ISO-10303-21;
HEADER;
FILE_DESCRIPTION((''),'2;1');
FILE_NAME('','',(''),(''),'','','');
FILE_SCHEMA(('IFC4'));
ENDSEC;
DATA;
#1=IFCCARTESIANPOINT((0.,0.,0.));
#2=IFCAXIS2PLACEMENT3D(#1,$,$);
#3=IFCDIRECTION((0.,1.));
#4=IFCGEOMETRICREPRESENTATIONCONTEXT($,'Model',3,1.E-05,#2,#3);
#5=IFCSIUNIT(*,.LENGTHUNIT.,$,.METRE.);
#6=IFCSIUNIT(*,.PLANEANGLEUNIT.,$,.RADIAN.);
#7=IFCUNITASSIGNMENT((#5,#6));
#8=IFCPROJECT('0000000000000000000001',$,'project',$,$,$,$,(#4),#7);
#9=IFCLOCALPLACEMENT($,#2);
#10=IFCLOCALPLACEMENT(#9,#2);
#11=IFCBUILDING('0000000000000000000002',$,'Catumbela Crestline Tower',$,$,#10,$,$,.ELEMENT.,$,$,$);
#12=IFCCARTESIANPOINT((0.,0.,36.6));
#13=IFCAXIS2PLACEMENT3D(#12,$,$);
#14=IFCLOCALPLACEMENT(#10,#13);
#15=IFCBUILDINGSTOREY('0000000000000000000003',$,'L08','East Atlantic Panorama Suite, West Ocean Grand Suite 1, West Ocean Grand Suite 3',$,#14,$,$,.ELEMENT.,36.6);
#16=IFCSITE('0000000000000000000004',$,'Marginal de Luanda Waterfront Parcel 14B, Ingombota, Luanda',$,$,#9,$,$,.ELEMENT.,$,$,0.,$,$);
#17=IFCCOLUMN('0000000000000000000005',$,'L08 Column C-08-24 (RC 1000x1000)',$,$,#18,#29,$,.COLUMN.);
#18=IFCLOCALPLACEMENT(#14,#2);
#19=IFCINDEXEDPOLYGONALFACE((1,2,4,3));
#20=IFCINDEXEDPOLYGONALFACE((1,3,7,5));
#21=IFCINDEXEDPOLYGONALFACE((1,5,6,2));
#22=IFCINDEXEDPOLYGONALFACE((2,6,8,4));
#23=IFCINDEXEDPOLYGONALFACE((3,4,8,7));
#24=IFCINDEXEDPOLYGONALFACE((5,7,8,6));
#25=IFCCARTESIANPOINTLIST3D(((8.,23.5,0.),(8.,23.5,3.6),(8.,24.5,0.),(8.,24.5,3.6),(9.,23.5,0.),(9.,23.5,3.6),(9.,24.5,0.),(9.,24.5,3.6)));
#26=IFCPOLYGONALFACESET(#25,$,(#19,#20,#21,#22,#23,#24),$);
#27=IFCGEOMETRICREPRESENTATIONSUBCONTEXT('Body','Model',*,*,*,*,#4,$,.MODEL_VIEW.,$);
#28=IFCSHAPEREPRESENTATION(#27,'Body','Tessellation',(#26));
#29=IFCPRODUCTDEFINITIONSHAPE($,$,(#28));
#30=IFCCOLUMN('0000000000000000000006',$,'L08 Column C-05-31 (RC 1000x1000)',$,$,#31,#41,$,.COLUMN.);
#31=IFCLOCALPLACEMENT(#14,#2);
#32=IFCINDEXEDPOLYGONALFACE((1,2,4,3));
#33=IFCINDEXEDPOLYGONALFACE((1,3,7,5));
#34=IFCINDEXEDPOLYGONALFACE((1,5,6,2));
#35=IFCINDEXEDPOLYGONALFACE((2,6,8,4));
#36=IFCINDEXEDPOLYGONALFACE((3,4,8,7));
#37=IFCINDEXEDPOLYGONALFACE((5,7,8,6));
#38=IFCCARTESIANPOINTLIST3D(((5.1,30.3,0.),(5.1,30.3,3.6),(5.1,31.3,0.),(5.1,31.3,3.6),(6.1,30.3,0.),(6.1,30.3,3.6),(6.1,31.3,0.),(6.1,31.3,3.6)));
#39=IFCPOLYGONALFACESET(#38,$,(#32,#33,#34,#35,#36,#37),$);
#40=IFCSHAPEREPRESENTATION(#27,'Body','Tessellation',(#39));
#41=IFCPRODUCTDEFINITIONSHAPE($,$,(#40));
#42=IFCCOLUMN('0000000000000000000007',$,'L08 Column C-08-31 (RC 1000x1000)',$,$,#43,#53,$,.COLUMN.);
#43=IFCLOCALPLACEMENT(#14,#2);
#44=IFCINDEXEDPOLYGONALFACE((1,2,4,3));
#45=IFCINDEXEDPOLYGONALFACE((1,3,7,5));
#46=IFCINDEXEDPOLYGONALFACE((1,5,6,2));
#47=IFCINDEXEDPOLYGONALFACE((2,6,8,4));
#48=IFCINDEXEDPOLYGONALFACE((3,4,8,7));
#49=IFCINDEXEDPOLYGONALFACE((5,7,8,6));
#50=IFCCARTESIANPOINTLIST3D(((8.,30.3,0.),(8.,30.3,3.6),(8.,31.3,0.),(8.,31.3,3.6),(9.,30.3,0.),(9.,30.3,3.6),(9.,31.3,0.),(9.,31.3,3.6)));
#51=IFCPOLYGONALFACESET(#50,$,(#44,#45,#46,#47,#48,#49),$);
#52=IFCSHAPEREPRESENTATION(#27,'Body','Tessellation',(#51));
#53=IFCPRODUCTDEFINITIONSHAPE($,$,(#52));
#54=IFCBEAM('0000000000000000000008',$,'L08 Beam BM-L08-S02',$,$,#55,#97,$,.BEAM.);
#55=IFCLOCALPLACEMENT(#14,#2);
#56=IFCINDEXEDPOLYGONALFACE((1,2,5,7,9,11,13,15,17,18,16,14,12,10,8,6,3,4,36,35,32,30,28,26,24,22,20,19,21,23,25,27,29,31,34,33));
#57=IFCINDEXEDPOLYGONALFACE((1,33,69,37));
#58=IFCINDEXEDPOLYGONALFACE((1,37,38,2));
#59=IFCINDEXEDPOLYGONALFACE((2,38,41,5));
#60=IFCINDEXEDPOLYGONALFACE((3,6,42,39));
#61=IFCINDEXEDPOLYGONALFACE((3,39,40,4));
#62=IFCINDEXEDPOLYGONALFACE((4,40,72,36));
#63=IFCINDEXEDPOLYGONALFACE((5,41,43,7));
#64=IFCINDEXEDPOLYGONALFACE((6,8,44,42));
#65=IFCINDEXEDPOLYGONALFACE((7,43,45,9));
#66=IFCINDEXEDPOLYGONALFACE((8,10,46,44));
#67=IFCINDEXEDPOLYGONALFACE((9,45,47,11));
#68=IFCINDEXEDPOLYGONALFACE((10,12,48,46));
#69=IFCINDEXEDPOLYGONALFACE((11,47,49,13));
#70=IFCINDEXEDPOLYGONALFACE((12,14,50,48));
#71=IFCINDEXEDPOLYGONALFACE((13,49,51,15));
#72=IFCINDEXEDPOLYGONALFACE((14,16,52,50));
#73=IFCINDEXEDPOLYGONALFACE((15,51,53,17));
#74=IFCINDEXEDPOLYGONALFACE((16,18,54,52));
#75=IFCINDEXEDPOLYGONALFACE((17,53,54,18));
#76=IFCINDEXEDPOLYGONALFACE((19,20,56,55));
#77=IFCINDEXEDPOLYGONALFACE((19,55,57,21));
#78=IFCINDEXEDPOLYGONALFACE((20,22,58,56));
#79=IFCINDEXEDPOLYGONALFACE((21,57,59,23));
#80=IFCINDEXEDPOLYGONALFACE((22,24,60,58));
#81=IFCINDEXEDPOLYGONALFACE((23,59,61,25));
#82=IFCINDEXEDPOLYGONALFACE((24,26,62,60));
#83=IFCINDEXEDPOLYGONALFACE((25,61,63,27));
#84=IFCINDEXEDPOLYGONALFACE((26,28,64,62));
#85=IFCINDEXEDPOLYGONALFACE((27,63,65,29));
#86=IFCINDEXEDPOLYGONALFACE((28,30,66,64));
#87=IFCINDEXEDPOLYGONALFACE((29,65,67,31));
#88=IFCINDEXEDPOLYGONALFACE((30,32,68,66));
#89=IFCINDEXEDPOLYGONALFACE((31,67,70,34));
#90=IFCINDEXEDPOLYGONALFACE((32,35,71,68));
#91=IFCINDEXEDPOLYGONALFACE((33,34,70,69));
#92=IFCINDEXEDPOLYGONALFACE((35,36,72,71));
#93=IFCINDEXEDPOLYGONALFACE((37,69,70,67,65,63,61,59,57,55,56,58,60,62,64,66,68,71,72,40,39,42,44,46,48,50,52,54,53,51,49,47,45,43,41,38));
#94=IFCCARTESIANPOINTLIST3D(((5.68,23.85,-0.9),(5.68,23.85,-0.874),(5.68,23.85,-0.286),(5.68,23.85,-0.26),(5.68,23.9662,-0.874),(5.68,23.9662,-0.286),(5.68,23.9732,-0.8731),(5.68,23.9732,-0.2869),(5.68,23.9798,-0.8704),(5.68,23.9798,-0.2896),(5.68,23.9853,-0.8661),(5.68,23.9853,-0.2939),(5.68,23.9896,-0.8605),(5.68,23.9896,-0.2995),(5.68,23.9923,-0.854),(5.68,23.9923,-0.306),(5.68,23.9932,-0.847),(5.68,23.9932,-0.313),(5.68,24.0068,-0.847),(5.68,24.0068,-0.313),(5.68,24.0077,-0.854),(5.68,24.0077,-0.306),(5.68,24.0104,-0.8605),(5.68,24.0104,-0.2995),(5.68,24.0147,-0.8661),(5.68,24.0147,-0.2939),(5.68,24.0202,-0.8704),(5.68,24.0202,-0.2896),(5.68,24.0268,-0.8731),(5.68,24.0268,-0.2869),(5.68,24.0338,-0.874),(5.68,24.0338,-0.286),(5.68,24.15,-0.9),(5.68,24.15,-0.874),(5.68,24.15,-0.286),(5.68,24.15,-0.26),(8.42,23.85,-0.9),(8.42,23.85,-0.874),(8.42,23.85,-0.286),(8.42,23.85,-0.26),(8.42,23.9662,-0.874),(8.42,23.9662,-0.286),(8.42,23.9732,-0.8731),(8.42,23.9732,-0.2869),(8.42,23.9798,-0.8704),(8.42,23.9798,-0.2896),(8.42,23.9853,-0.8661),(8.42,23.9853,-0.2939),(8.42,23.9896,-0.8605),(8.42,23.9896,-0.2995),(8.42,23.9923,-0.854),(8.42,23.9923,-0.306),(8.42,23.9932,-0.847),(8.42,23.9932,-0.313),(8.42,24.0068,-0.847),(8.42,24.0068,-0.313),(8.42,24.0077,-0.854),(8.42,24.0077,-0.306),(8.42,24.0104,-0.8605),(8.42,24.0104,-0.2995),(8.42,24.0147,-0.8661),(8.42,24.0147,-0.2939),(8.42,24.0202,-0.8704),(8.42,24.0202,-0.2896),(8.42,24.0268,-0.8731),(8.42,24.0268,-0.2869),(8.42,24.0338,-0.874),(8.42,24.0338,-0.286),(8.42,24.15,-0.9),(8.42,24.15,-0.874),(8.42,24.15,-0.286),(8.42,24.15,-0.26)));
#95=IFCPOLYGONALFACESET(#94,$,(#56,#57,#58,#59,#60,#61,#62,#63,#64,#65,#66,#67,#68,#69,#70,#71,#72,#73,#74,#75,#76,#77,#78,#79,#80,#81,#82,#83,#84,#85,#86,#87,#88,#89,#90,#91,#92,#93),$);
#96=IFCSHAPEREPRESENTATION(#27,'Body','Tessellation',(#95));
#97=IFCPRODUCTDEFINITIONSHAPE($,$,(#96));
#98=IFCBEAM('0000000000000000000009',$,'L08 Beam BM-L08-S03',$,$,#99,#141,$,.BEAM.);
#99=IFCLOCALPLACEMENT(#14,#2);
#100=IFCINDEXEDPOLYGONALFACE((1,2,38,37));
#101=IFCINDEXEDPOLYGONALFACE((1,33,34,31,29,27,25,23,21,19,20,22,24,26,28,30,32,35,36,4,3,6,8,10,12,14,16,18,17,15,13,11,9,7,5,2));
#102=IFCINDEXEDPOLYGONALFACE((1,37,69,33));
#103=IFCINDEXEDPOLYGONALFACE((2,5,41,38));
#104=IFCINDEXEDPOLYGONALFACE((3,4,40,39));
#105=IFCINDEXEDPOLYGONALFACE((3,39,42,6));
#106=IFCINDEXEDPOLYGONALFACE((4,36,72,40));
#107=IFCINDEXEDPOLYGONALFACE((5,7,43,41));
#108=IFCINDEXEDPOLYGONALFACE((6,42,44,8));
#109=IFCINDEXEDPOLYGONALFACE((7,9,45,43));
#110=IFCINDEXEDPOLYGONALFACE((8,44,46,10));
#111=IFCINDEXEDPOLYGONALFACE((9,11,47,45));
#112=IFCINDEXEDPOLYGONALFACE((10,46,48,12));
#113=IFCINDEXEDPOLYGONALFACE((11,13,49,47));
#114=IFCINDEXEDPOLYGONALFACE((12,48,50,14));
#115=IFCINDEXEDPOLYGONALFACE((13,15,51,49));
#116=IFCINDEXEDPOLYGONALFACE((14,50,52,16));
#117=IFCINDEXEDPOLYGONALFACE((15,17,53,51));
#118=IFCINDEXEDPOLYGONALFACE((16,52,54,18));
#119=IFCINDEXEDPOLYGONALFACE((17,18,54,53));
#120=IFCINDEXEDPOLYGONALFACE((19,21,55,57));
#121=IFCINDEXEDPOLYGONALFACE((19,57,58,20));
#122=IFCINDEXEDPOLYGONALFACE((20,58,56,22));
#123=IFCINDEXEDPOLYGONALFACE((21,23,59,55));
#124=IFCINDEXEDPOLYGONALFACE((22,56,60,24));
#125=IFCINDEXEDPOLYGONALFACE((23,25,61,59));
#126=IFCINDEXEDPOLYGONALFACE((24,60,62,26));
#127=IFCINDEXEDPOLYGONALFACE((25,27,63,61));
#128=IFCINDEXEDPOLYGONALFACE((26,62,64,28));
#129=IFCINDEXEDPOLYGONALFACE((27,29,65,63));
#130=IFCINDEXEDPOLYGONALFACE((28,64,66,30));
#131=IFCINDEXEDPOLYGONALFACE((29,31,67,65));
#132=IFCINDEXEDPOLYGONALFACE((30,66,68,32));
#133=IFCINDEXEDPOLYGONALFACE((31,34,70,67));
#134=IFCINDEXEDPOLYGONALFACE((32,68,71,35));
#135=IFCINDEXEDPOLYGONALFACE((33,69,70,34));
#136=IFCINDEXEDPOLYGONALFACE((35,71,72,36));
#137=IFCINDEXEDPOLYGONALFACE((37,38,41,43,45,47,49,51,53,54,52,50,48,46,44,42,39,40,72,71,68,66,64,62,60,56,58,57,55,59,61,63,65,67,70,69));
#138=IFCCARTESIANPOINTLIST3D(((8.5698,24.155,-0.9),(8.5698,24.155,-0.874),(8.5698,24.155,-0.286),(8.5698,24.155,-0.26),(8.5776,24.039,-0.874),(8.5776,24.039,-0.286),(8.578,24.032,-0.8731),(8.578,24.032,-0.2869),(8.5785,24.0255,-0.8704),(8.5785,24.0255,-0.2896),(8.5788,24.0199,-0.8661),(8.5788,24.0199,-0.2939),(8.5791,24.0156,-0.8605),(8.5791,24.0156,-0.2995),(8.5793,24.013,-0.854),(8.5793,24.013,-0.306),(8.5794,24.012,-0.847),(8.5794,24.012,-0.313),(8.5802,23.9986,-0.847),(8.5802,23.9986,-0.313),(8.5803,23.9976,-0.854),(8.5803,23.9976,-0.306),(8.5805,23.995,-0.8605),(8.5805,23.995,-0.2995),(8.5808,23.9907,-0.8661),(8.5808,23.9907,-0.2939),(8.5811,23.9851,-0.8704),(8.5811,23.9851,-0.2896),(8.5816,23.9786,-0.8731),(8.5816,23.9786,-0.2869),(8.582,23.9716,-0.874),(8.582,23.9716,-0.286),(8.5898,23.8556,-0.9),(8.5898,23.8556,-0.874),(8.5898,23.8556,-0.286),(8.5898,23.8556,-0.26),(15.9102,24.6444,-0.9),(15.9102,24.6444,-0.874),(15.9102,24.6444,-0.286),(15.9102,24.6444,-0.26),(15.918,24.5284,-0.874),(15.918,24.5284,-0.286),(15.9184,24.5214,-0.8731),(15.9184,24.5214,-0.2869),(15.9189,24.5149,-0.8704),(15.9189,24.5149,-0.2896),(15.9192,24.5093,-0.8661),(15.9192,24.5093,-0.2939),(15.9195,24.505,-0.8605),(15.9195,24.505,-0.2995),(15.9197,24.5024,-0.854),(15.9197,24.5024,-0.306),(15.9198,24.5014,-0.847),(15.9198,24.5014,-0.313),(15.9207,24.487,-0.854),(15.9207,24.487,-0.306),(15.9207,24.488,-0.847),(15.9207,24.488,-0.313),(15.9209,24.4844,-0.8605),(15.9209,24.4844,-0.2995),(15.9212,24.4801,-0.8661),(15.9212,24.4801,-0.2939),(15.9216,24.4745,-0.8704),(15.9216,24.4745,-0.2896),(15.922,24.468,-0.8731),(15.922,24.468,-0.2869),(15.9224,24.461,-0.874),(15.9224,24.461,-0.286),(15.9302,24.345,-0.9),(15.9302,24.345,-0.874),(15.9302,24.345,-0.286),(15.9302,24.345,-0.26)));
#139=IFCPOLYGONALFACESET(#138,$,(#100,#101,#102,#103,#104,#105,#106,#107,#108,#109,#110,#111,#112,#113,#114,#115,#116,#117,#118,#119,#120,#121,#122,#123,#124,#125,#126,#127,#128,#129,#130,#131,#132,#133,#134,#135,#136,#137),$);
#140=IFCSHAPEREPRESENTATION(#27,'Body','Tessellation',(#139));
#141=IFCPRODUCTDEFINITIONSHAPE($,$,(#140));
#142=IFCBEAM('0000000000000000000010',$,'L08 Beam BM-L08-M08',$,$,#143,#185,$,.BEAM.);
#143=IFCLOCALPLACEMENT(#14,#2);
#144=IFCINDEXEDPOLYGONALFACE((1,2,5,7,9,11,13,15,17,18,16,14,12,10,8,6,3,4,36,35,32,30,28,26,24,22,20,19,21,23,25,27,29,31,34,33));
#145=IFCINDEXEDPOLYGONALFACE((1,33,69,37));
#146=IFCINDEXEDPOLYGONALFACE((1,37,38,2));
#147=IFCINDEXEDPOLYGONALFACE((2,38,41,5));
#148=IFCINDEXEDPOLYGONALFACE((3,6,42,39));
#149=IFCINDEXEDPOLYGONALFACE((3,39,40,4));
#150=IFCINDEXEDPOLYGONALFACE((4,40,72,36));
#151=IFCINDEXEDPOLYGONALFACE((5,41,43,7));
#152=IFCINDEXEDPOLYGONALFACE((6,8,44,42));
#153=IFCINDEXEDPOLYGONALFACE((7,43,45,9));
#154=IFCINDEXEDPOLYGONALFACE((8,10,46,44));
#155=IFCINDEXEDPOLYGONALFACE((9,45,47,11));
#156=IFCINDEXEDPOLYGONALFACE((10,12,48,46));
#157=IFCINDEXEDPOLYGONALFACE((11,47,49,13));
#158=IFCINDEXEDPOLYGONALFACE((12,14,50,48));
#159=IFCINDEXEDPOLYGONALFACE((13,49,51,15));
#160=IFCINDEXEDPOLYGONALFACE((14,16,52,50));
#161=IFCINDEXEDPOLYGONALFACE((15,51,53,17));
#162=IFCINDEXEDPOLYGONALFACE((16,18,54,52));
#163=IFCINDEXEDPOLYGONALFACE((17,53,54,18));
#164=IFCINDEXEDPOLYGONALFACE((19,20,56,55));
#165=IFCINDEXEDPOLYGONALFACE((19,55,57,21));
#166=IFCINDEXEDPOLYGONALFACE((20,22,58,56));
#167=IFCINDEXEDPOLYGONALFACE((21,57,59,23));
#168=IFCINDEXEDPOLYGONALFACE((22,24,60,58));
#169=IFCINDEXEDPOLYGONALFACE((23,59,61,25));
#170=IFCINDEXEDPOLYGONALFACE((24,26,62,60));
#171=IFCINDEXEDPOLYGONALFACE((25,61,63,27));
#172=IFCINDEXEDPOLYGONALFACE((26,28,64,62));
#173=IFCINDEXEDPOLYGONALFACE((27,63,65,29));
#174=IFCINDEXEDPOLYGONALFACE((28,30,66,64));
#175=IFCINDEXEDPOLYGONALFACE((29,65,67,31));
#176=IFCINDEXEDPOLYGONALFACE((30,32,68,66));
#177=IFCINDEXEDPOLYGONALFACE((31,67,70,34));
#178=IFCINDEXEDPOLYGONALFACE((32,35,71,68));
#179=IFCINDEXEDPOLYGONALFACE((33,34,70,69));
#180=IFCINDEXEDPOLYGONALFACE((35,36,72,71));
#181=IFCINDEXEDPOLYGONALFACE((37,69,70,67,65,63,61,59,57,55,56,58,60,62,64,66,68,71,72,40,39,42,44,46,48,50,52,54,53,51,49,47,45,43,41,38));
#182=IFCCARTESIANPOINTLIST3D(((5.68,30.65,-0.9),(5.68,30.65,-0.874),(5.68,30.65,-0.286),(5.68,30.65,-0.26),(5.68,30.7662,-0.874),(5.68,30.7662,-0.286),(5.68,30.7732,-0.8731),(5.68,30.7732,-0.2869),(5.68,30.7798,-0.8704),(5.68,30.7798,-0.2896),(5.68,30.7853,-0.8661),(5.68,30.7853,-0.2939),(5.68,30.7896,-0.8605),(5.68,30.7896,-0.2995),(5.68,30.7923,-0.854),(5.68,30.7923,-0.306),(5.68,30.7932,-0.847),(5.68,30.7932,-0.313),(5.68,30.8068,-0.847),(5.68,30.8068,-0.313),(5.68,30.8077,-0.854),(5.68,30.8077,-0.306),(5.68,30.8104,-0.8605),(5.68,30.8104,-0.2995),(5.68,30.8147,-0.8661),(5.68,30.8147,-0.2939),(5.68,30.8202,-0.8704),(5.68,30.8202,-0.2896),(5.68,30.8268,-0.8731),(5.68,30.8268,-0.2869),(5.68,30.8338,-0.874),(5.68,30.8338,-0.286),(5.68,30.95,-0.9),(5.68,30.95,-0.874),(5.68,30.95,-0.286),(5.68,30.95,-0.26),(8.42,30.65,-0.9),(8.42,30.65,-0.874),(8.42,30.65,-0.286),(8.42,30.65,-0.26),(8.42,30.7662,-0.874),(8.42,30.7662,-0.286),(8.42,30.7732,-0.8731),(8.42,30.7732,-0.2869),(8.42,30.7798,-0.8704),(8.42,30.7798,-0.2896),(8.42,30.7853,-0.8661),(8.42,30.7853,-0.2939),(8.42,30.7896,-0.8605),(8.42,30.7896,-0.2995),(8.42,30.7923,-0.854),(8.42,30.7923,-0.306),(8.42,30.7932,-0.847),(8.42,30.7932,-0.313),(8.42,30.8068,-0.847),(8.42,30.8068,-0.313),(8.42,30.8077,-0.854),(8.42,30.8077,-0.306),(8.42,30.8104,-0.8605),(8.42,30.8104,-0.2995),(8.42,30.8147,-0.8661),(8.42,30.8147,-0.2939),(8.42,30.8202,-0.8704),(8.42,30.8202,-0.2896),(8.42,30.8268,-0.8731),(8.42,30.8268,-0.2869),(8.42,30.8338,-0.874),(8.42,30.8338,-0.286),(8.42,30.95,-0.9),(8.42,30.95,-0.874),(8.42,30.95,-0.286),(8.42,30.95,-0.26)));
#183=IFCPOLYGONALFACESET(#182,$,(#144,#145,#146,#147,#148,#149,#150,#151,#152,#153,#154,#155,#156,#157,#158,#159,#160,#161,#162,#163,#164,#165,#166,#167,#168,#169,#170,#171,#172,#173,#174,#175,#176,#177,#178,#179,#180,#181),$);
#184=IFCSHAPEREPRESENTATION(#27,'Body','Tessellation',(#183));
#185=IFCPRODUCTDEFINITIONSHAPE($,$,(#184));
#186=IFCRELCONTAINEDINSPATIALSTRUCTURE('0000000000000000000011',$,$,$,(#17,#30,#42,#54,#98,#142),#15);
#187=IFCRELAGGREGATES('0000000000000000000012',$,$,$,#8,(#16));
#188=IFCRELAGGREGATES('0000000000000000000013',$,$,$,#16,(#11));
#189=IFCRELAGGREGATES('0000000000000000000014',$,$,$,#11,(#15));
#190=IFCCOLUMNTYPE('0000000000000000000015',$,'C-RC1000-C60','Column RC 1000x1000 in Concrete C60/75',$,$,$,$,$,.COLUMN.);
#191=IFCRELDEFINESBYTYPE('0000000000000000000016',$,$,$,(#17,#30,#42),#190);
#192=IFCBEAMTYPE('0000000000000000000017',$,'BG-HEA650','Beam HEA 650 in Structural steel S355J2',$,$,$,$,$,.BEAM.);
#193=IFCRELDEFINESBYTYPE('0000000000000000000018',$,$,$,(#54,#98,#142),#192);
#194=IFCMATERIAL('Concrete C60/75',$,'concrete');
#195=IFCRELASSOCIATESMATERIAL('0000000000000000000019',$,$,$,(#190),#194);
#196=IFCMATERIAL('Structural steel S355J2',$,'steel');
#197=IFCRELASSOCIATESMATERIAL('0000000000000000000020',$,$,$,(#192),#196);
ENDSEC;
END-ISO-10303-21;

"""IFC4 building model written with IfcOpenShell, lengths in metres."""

from ifc_helpers import new_model, si_unit, direction, frame, origin, origin_2d, place, context, subcontext, project, spatial, rectangle, i_section, extrude, material, material_profile, profile_set, type_object, element, save


model = new_model("IFC4")

# Units and contexts
model_context = context("Model", 3, precision=1e-05, world=origin(), true_north=direction((0.0, 1.0)))
body_context = subcontext(model_context, "Body", "Model", "MODEL_VIEW")
ifc_project = project(units=[si_unit("LENGTHUNIT", "METRE"), si_unit("PLANEANGLEUNIT", "RADIAN")], contexts=[model_context])

# Site, building, storey
site_placement = place(None, origin())
site = spatial("IfcSite", under=ifc_project, at=site_placement, Name="Marginal de Luanda Waterfront Parcel 14B, Ingombota, Luanda", CompositionType="ELEMENT", RefElevation=0.0)
building_placement = place(site_placement, origin())
building = spatial("IfcBuilding", under=site, at=building_placement, Name="Catumbela Crestline Tower", CompositionType="ELEMENT")
storey_placement = place(building_placement, frame((0.0, 0.0, 36.6)))
storey = spatial("IfcBuildingStorey", under=building, at=storey_placement, Name="L08", Description="East Atlantic Panorama Suite, West Ocean Grand Suite 1, West Ocean Grand Suite 3", CompositionType="ELEMENT", Elevation=36.6)

# Columns
ifc_material_1 = material(Name="Concrete C60/75", Category="concrete")
ifc_material_profile_1 = material_profile(ifc_material_1, rectangle(XDim=1.0, YDim=1.0, at=origin_2d()), Name="RC 1000x1000")
ifc_profile_set_1 = profile_set([ifc_material_profile_1], Name="Concrete C60/75")
column_type = type_object("IfcColumnType", Name="C-RC1000-C60", Description="Column RC 1000x1000 in Concrete C60/75", PredefinedType="COLUMN", material=ifc_profile_set_1)
for number, where, z_axis, x_axis, name in (
    (1, (8.5, 24.0, 0.0), (0.0, 0.0, 1.0), (1.0, 0.0, 0.0), "L08 Column C-08-24 (RC 1000x1000)"),
    (2, (5.6, 30.8, 0.0), (0.0, 0.0, 1.0), (1.0, 0.0, 0.0), "L08 Column C-05-31 (RC 1000x1000)"),
    (3, (8.5, 30.8, 0.0), (0.0, 0.0, 1.0), (1.0, 0.0, 0.0), "L08 Column C-08-31 (RC 1000x1000)"),
):
    element("IfcColumn", number, at=place(storey_placement, frame(where, z_axis=z_axis, x_axis=x_axis)), inside=storey, type_object=column_type, Name=name, PredefinedType="COLUMN", context=body_context, shape_type="SweptSolid", body=[
        extrude(rectangle(XDim=1.0, YDim=1.0, at=origin_2d()), origin(), (0.0, 0.0, 1.0), 3.6),
    ])

# Beams
ifc_material_2 = material(Name="Structural steel S355J2", Category="steel")
ifc_material_profile_2 = material_profile(ifc_material_2, i_section(OverallWidth=0.3, OverallDepth=0.64, WebThickness=0.0135, FlangeThickness=0.026, FilletRadius=0.027, at=origin_2d()), Name="HEA 650")
ifc_profile_set_2 = profile_set([ifc_material_profile_2], Name="Structural steel S355J2")
beam_type = type_object("IfcBeamType", Name="BG-HEA650", Description="Beam HEA 650 in Structural steel S355J2", PredefinedType="BEAM", material=ifc_profile_set_2)
beam_1_placement = place(storey_placement, frame((5.68, 24.0, -0.58), z_axis=(1.0, 0.0, 0.0), x_axis=(0.0, 1.0, 0.0)))
element("IfcBeam", 4, at=beam_1_placement, inside=storey, type_object=beam_type, Name="L08 Beam BM-L08-S02", PredefinedType="BEAM", context=body_context, shape_type="SweptSolid", body=[
    extrude(i_section(OverallWidth=0.3, OverallDepth=0.64, WebThickness=0.0135, FlangeThickness=0.026, FilletRadius=0.027, at=origin_2d()), origin(), (0.0, 0.0, 1.0), 2.74),
])
beam_2_placement = place(storey_placement, frame((8.5798, 24.0053, -0.58), z_axis=(0.997785, 0.066524, 0.0), x_axis=(-0.066524, 0.997785, 0.0)))
element("IfcBeam", 5, at=beam_2_placement, inside=storey, type_object=beam_type, Name="L08 Beam BM-L08-S03", PredefinedType="BEAM", context=body_context, shape_type="SweptSolid", body=[
    extrude(i_section(OverallWidth=0.3, OverallDepth=0.64, WebThickness=0.0135, FlangeThickness=0.026, FilletRadius=0.027, at=origin_2d()), origin(), (0.0, 0.0, 1.0), 7.3567),
])
beam_3_placement = place(storey_placement, frame((5.68, 30.8, -0.58), z_axis=(1.0, 0.0, 0.0), x_axis=(0.0, 1.0, 0.0)))
element("IfcBeam", 6, at=beam_3_placement, inside=storey, type_object=beam_type, Name="L08 Beam BM-L08-M08", PredefinedType="BEAM", context=body_context, shape_type="SweptSolid", body=[
    extrude(i_section(OverallWidth=0.3, OverallDepth=0.64, WebThickness=0.0135, FlangeThickness=0.026, FilletRadius=0.027, at=origin_2d()), origin(), (0.0, 0.0, 1.0), 2.74),
])

save(model, "model.ifc")
